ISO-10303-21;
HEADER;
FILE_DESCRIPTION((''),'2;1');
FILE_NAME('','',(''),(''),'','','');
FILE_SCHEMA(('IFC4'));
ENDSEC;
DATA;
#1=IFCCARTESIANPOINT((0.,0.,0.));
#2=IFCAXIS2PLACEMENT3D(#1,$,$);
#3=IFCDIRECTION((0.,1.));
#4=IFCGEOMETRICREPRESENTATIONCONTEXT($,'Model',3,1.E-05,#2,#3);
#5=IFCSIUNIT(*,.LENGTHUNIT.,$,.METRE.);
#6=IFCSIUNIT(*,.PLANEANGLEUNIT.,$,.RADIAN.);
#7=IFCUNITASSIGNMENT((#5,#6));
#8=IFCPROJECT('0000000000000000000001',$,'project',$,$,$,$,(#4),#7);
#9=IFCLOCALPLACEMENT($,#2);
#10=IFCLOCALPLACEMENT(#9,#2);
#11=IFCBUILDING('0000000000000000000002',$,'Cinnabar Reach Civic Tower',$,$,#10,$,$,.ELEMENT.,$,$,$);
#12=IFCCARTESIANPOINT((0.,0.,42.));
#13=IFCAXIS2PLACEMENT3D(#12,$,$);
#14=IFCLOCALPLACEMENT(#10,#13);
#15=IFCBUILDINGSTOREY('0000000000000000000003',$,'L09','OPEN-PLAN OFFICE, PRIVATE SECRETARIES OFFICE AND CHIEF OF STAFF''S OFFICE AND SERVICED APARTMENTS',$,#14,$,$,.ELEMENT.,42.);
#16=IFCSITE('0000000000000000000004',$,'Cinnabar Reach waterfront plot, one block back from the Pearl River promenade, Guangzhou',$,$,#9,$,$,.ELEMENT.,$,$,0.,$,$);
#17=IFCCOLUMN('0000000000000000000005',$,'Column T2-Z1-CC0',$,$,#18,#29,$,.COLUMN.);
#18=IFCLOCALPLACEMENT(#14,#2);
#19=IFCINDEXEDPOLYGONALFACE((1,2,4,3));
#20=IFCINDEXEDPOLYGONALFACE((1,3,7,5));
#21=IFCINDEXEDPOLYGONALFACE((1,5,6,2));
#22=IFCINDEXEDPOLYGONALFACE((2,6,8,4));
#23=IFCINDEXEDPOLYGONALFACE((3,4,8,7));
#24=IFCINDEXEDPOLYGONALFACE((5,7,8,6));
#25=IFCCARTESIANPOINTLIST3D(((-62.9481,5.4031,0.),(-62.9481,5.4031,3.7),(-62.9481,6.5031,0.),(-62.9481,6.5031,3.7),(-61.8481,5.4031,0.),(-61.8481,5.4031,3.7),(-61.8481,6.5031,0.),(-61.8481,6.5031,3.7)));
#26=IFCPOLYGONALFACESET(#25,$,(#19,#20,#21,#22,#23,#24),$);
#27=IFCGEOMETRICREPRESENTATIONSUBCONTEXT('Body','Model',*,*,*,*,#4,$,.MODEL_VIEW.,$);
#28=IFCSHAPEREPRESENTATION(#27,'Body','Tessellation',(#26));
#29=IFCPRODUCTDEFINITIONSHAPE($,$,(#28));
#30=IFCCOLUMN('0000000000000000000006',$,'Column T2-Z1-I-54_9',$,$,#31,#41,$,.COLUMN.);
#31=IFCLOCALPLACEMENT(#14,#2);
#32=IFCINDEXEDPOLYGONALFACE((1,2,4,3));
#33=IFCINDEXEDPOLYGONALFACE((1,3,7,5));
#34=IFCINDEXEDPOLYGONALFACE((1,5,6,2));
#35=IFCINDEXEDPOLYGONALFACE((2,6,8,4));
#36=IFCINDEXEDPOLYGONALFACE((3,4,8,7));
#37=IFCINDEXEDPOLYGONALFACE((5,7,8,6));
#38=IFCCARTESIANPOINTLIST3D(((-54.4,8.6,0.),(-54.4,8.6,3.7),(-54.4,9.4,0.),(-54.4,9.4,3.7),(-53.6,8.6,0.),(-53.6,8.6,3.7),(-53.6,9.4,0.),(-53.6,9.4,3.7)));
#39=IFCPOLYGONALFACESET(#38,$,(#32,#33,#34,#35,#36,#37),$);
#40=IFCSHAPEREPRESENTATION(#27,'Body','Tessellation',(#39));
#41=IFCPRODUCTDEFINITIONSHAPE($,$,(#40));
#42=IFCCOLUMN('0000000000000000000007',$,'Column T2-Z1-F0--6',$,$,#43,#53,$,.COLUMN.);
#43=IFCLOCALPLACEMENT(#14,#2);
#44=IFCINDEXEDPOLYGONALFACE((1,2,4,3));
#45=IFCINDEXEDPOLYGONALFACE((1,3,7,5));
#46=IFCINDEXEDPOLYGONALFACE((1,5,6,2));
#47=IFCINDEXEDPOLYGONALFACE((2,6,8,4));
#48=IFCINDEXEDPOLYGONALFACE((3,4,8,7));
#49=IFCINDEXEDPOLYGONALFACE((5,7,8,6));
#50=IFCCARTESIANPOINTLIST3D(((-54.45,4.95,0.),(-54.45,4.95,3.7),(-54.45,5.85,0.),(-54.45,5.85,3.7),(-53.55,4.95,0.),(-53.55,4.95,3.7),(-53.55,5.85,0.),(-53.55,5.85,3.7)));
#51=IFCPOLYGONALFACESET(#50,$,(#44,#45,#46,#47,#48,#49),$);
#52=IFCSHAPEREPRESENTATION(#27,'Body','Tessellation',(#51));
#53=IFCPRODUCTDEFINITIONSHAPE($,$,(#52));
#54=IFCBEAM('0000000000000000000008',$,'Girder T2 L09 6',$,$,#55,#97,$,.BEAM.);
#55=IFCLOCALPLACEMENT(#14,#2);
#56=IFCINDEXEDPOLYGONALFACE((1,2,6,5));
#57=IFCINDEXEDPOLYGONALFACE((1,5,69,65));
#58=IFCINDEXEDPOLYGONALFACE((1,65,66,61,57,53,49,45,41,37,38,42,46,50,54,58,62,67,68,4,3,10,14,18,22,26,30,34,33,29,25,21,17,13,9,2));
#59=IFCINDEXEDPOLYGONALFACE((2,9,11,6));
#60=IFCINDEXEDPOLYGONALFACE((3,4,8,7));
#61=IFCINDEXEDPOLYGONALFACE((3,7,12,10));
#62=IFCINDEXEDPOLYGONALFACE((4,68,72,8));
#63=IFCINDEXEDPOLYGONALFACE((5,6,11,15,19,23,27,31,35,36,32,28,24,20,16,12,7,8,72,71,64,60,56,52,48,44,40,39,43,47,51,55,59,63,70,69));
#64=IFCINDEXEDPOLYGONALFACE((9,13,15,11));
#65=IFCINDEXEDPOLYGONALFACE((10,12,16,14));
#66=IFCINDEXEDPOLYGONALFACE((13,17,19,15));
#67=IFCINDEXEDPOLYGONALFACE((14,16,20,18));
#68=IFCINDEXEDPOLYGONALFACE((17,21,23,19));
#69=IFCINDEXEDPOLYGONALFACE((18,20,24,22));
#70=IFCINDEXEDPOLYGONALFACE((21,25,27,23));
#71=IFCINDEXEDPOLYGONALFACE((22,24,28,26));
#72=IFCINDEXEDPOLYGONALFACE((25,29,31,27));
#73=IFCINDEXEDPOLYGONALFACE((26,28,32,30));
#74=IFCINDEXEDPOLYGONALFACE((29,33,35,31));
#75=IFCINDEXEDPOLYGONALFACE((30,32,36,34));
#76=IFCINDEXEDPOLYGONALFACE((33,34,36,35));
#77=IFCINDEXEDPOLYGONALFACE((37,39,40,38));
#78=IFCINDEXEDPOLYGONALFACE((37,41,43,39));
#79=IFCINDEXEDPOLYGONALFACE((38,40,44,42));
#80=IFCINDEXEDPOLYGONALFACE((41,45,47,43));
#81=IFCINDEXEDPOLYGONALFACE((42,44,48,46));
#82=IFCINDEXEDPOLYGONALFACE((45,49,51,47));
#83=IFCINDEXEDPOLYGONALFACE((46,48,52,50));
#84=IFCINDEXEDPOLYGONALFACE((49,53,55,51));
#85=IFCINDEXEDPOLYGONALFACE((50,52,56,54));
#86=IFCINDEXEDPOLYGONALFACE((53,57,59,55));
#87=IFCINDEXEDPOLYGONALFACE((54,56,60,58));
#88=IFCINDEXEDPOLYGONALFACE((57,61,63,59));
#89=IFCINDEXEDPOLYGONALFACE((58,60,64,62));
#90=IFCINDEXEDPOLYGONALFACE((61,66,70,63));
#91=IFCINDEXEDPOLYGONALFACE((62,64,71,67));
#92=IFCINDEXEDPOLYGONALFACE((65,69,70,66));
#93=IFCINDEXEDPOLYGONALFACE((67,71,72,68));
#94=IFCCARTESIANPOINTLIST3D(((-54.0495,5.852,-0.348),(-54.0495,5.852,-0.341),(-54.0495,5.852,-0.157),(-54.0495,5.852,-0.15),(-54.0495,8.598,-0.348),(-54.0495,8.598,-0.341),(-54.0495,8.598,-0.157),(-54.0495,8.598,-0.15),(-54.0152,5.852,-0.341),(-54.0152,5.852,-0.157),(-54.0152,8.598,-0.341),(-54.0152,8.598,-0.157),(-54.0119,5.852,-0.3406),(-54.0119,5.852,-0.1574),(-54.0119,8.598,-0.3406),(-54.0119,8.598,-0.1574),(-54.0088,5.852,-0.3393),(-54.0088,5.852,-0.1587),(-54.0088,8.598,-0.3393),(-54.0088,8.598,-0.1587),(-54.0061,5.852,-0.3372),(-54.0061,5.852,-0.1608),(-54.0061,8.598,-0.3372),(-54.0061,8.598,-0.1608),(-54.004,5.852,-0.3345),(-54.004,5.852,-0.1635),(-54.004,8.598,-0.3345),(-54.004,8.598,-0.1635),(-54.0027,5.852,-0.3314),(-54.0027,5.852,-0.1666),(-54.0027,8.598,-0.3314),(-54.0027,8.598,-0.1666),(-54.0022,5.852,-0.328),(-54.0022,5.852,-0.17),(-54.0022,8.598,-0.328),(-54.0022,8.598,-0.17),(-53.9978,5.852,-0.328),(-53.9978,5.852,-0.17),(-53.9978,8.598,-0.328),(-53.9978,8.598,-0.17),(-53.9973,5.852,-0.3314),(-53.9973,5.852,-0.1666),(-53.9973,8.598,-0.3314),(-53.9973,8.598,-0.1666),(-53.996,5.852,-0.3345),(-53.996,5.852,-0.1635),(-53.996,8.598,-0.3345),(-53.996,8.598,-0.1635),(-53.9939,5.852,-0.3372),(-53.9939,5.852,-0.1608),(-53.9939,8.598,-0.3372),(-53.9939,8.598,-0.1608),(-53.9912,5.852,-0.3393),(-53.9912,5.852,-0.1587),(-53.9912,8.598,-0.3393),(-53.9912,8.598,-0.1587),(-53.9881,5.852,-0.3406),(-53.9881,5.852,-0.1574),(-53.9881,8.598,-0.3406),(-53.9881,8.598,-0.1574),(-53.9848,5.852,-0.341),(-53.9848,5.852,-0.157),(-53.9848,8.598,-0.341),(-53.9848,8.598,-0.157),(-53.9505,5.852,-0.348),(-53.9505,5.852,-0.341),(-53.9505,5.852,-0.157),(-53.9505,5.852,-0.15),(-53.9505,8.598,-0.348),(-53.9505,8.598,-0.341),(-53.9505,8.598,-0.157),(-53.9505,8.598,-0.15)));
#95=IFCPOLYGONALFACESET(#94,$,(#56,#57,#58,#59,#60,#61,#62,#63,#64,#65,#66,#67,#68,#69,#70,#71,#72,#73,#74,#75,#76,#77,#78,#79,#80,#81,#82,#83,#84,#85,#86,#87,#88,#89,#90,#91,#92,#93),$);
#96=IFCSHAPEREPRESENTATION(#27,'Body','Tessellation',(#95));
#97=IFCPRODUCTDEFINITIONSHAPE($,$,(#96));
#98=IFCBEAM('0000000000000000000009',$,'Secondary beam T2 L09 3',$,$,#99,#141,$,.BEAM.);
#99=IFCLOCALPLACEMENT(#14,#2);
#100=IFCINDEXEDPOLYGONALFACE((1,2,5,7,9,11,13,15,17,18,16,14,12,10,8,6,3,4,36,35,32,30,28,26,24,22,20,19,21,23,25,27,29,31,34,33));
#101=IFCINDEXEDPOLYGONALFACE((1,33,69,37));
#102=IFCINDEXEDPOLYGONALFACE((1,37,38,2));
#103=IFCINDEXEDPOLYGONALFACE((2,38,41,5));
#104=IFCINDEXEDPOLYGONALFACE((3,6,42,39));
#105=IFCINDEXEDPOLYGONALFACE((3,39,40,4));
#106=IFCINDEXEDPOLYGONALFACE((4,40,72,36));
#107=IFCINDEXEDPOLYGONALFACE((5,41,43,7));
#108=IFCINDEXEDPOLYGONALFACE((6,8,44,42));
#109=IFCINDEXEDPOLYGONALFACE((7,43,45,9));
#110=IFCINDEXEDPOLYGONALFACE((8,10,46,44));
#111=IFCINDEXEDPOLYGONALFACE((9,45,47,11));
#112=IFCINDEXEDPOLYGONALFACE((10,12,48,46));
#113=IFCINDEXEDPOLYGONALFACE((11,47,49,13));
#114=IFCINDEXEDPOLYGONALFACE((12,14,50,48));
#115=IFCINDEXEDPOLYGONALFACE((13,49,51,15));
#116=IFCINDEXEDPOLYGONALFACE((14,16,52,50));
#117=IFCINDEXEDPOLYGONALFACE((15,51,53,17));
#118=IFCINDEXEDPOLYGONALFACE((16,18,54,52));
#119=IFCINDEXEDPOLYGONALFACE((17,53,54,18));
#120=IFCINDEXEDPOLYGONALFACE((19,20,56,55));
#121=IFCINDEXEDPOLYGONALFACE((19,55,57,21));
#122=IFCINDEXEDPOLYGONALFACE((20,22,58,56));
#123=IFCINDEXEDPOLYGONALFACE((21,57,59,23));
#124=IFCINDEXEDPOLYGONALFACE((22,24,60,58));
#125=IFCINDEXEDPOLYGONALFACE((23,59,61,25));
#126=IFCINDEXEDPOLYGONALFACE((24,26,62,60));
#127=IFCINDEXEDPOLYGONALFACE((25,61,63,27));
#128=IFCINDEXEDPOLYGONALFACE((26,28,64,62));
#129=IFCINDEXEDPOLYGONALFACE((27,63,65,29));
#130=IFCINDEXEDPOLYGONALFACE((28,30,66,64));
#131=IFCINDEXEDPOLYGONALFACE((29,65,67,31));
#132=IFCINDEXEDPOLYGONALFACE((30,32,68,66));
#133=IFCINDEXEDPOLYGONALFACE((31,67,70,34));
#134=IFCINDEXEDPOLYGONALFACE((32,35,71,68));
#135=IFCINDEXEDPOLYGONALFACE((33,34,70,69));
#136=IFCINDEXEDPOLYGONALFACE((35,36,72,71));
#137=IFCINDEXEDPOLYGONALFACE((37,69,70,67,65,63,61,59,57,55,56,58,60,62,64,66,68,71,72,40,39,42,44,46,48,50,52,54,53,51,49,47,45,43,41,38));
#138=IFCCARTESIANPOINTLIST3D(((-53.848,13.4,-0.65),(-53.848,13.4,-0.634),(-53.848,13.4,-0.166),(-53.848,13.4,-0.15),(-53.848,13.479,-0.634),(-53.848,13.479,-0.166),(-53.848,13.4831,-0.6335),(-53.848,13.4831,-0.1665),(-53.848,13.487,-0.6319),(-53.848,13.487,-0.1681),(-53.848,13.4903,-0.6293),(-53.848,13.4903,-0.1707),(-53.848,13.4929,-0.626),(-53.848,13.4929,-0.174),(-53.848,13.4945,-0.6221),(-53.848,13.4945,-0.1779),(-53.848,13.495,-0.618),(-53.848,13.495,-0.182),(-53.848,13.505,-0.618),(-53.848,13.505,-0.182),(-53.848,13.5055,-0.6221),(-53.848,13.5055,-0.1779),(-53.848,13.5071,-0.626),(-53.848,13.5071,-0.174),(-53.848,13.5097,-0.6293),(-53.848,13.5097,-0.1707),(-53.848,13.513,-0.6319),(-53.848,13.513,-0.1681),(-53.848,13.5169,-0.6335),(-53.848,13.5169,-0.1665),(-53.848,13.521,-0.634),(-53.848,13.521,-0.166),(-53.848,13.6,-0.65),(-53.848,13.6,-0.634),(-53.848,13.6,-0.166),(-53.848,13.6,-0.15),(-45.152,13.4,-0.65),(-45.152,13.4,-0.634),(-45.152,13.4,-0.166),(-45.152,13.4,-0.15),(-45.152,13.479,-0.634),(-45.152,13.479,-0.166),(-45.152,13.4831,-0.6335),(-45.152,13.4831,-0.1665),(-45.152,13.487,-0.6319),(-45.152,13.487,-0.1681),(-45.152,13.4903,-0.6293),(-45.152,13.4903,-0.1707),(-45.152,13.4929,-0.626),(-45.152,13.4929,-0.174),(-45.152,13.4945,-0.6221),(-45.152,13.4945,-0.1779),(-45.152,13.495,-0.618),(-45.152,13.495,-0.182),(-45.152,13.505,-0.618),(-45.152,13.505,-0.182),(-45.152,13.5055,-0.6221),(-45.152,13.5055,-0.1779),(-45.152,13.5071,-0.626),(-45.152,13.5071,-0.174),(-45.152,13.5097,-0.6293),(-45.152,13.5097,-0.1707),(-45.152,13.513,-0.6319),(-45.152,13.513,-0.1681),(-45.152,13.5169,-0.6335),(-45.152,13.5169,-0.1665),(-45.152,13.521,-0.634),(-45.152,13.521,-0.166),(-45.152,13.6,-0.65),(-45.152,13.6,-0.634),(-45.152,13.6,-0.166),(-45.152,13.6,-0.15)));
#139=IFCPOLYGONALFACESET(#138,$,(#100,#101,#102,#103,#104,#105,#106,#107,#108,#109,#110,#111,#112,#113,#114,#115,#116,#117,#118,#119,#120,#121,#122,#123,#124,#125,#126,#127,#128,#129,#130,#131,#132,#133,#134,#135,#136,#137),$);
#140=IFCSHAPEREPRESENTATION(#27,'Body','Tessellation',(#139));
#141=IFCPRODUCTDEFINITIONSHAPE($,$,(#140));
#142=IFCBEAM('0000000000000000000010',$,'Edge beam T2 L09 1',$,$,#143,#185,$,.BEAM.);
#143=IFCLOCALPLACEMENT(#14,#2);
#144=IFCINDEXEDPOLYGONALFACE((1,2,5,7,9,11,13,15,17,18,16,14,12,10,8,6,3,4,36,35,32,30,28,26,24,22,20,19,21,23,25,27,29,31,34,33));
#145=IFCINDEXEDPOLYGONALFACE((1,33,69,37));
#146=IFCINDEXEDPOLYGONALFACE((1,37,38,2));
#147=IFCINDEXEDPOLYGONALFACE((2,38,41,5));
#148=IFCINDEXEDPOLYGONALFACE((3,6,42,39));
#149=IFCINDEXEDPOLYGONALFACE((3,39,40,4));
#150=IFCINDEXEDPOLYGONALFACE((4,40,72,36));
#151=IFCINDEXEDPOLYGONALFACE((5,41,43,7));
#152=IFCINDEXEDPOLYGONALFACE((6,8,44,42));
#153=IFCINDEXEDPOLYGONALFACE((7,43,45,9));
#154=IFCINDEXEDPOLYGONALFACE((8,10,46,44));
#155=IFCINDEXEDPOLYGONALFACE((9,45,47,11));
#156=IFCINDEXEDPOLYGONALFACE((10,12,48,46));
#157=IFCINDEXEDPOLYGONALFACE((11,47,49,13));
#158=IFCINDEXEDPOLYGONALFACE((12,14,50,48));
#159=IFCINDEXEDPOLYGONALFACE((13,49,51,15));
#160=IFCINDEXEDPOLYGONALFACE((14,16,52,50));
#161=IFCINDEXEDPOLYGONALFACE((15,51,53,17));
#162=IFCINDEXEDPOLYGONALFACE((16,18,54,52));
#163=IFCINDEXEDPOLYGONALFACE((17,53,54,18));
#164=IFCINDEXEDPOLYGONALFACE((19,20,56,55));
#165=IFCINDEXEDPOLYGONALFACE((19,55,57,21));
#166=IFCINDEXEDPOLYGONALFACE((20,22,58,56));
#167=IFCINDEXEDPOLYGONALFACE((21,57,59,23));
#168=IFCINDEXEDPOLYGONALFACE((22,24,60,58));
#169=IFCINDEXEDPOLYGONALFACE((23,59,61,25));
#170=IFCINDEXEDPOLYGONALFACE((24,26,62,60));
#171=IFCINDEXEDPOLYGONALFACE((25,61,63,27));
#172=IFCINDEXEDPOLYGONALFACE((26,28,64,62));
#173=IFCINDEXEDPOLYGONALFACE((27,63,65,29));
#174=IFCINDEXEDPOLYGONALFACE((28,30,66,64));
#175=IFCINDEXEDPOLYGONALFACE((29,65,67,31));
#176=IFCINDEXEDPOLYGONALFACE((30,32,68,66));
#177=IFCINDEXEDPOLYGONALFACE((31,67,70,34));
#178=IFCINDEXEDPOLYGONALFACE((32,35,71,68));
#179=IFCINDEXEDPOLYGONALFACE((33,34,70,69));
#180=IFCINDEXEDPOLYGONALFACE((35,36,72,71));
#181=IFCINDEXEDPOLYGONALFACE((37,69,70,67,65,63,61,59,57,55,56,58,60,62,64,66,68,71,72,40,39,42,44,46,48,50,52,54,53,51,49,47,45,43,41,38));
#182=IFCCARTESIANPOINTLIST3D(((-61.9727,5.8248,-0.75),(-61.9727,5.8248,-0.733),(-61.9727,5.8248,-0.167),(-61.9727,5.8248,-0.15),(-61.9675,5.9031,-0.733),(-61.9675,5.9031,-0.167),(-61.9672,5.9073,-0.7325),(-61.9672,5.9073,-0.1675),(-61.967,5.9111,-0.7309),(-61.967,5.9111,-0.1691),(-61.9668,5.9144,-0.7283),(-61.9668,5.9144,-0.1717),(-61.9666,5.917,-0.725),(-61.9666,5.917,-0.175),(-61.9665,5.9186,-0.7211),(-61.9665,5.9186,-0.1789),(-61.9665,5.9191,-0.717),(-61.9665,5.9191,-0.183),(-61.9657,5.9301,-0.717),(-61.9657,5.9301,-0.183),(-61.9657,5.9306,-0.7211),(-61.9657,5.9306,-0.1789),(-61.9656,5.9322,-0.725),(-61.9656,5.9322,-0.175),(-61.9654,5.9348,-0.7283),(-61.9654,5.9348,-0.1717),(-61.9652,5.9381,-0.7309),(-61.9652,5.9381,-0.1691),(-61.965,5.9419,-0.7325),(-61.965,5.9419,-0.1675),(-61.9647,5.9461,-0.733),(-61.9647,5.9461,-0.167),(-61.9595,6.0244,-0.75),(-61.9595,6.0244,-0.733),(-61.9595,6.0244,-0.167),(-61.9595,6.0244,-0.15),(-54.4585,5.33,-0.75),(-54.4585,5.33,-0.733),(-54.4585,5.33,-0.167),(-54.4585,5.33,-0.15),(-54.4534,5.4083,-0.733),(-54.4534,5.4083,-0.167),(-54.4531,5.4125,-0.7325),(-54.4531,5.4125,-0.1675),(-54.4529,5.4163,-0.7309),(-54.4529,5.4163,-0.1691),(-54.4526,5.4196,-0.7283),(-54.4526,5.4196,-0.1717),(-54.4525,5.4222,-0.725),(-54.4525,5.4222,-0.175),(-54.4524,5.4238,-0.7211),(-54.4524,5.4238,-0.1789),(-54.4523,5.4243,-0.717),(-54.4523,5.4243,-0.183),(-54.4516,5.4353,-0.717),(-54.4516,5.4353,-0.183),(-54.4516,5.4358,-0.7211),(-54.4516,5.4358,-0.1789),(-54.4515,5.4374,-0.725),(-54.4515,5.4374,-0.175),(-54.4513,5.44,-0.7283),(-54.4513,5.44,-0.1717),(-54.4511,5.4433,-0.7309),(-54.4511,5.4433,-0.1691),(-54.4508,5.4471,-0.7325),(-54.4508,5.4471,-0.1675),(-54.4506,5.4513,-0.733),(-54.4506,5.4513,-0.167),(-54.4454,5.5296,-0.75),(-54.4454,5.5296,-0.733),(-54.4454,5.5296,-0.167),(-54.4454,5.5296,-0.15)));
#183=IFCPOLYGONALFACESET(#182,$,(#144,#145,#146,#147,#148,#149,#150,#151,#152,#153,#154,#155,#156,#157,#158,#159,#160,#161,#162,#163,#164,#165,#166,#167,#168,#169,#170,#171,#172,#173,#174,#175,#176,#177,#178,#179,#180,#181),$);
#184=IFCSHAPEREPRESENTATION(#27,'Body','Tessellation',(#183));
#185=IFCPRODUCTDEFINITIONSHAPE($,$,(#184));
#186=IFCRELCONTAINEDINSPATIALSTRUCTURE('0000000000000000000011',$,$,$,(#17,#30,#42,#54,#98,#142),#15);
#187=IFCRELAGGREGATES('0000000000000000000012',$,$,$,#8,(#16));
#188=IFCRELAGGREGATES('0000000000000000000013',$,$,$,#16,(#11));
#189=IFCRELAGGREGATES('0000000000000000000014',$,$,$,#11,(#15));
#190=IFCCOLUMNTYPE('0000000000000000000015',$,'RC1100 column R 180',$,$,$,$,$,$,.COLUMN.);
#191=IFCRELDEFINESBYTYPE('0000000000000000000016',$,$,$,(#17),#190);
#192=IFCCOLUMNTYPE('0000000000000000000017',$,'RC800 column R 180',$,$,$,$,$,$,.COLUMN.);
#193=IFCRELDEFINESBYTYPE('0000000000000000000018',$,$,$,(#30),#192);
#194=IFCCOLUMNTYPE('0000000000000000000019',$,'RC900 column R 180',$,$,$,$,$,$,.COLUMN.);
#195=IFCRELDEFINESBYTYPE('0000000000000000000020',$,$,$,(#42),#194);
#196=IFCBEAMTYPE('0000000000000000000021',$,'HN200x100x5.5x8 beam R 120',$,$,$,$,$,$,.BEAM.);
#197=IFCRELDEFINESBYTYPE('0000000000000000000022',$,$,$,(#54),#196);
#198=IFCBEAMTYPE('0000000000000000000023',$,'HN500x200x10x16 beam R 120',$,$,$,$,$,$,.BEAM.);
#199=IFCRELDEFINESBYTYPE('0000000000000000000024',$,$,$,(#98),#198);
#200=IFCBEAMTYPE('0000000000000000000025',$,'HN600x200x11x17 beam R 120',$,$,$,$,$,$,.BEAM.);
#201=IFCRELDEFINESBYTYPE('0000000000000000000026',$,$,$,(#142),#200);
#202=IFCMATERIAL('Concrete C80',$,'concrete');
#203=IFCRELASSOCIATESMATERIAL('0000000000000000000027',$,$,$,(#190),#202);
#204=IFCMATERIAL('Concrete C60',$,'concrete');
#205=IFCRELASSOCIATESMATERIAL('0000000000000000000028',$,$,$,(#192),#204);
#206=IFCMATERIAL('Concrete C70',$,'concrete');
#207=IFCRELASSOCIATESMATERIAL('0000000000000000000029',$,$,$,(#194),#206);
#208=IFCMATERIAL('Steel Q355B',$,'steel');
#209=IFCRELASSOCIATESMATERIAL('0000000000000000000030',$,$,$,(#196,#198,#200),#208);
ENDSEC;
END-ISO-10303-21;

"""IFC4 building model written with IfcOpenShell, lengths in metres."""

from ifc_helpers import new_model, si_unit, direction, frame, origin, origin_2d, place, context, subcontext, project, spatial, rectangle, i_section, extrude, material, material_profile, profile_set, type_object, element, save


model = new_model("IFC4")

# Units and contexts
model_context = context("Model", 3, precision=1e-05, world=origin(), true_north=direction((0.0, 1.0)))
body_context = subcontext(model_context, "Body", "Model", "MODEL_VIEW")
ifc_project = project(units=[si_unit("LENGTHUNIT", "METRE"), si_unit("PLANEANGLEUNIT", "RADIAN")], contexts=[model_context])

# Site, building, storey
site_placement = place(None, origin())
site = spatial("IfcSite", under=ifc_project, at=site_placement, Name="Cinnabar Reach waterfront plot, one block back from the Pearl River promenade, Guangzhou", CompositionType="ELEMENT", RefElevation=0.0)
building_placement = place(site_placement, origin())
building = spatial("IfcBuilding", under=site, at=building_placement, Name="Cinnabar Reach Civic Tower", CompositionType="ELEMENT")
storey_placement = place(building_placement, frame((0.0, 0.0, 42.0)))
storey = spatial("IfcBuildingStorey", under=building, at=storey_placement, Name="L09", Description="OPEN-PLAN OFFICE, PRIVATE SECRETARIES OFFICE AND CHIEF OF STAFF'S OFFICE AND SERVICED APARTMENTS", CompositionType="ELEMENT", Elevation=42.0)

# Columns
ifc_material_1 = material(Name="Concrete C80", Category="concrete")
ifc_material_profile_1 = material_profile(ifc_material_1, rectangle(XDim=1.1, YDim=1.1, at=origin_2d()), Name="RC1100")
ifc_profile_set_1 = profile_set([ifc_material_profile_1], Name="Concrete C80")
column_type_1 = type_object("IfcColumnType", Name="RC1100 column R 180", PredefinedType="COLUMN", material=ifc_profile_set_1)
column_1_placement = place(storey_placement, frame((-62.3981, 5.9531, 0.0), z_axis=(0.0, 0.0, 1.0), x_axis=(1.0, 0.0, 0.0)))
element("IfcColumn", 1, at=column_1_placement, inside=storey, type_object=column_type_1, Name="Column T2-Z1-CC0", PredefinedType="COLUMN", context=body_context, shape_type="SweptSolid", body=[
    extrude(rectangle(XDim=1.1, YDim=1.1, at=origin_2d()), origin(), (0.0, 0.0, 1.0), 3.7),
])
ifc_material_2 = material(Name="Concrete C60", Category="concrete")
ifc_material_profile_2 = material_profile(ifc_material_2, rectangle(XDim=0.8, YDim=0.8, at=origin_2d()), Name="RC800")
ifc_profile_set_2 = profile_set([ifc_material_profile_2], Name="Concrete C60")
column_type_2 = type_object("IfcColumnType", Name="RC800 column R 180", PredefinedType="COLUMN", material=ifc_profile_set_2)
column_2_placement = place(storey_placement, frame((-54.0, 9.0, 0.0), z_axis=(0.0, 0.0, 1.0), x_axis=(1.0, 0.0, 0.0)))
element("IfcColumn", 2, at=column_2_placement, inside=storey, type_object=column_type_2, Name="Column T2-Z1-I-54_9", PredefinedType="COLUMN", context=body_context, shape_type="SweptSolid", body=[
    extrude(rectangle(XDim=0.8, YDim=0.8, at=origin_2d()), origin(), (0.0, 0.0, 1.0), 3.7),
])
ifc_material_3 = material(Name="Concrete C70", Category="concrete")
ifc_material_profile_3 = material_profile(ifc_material_3, rectangle(XDim=0.9, YDim=0.9, at=origin_2d()), Name="RC900")
ifc_profile_set_3 = profile_set([ifc_material_profile_3], Name="Concrete C70")
column_type_3 = type_object("IfcColumnType", Name="RC900 column R 180", PredefinedType="COLUMN", material=ifc_profile_set_3)
column_3_placement = place(storey_placement, frame((-54.0, 5.4, 0.0), z_axis=(0.0, 0.0, 1.0), x_axis=(1.0, 0.0, 0.0)))
element("IfcColumn", 3, at=column_3_placement, inside=storey, type_object=column_type_3, Name="Column T2-Z1-F0--6", PredefinedType="COLUMN", context=body_context, shape_type="SweptSolid", body=[
    extrude(rectangle(XDim=0.9, YDim=0.9, at=origin_2d()), origin(), (0.0, 0.0, 1.0), 3.7),
])

# Beams
ifc_material_4 = material(Name="Steel Q355B", Category="steel")
ifc_material_profile_4 = material_profile(ifc_material_4, i_section(OverallWidth=0.099, OverallDepth=0.198, WebThickness=0.0045, FlangeThickness=0.007, FilletRadius=0.013, at=origin_2d()), Name="HN200x100x5.5x8")
ifc_profile_set_4 = profile_set([ifc_material_profile_4], Name="Steel Q355B")
beam_type_1 = type_object("IfcBeamType", Name="HN200x100x5.5x8 beam R 120", PredefinedType="BEAM", material=ifc_profile_set_4)
beam_1_placement = place(storey_placement, frame((-54.0, 5.852, -0.249), z_axis=(0.0, 1.0, 0.0), x_axis=(-1.0, 0.0, 0.0)))
element("IfcBeam", 4, at=beam_1_placement, inside=storey, type_object=beam_type_1, Name="Girder T2 L09 6", PredefinedType="BEAM", context=body_context, shape_type="SweptSolid", body=[
    extrude(i_section(OverallWidth=0.099, OverallDepth=0.198, WebThickness=0.0045, FlangeThickness=0.007, FilletRadius=0.013, at=origin_2d()), origin(), (0.0, 0.0, 1.0), 2.746),
])
ifc_material_profile_5 = material_profile(ifc_material_4, i_section(OverallWidth=0.2, OverallDepth=0.5, WebThickness=0.01, FlangeThickness=0.016, FilletRadius=0.016, at=origin_2d()), Name="HN500x200x10x16")
ifc_profile_set_5 = profile_set([ifc_material_profile_5], Name="Steel Q355B")
beam_type_2 = type_object("IfcBeamType", Name="HN500x200x10x16 beam R 120", PredefinedType="BEAM", material=ifc_profile_set_5)
beam_2_placement = place(storey_placement, frame((-53.848, 13.5, -0.4), z_axis=(1.0, 0.0, 0.0), x_axis=(0.0, 1.0, 0.0)))
element("IfcBeam", 5, at=beam_2_placement, inside=storey, type_object=beam_type_2, Name="Secondary beam T2 L09 3", PredefinedType="BEAM", context=body_context, shape_type="SweptSolid", body=[
    extrude(i_section(OverallWidth=0.2, OverallDepth=0.5, WebThickness=0.01, FlangeThickness=0.016, FilletRadius=0.016, at=origin_2d()), origin(), (0.0, 0.0, 1.0), 8.696),
])
ifc_material_profile_6 = material_profile(ifc_material_4, i_section(OverallWidth=0.2, OverallDepth=0.6, WebThickness=0.011, FlangeThickness=0.017, FilletRadius=0.016, at=origin_2d()), Name="HN600x200x11x17")
ifc_profile_set_6 = profile_set([ifc_material_profile_6], Name="Steel Q355B")
beam_type_3 = type_object("IfcBeamType", Name="HN600x200x11x17 beam R 120", PredefinedType="BEAM", material=ifc_profile_set_6)
beam_3_placement = place(storey_placement, frame((-61.9661, 5.9246, -0.45), z_axis=(0.997839, -0.065707, 0.0), x_axis=(0.065707, 0.997839, 0.0)))
element("IfcBeam", 6, at=beam_3_placement, inside=storey, type_object=beam_type_3, Name="Edge beam T2 L09 1", PredefinedType="BEAM", context=body_context, shape_type="SweptSolid", body=[
    extrude(i_section(OverallWidth=0.2, OverallDepth=0.6, WebThickness=0.011, FlangeThickness=0.017, FilletRadius=0.016, at=origin_2d()), origin(), (0.0, 0.0, 1.0), 7.5304),
])

save(model, "model.ifc")
